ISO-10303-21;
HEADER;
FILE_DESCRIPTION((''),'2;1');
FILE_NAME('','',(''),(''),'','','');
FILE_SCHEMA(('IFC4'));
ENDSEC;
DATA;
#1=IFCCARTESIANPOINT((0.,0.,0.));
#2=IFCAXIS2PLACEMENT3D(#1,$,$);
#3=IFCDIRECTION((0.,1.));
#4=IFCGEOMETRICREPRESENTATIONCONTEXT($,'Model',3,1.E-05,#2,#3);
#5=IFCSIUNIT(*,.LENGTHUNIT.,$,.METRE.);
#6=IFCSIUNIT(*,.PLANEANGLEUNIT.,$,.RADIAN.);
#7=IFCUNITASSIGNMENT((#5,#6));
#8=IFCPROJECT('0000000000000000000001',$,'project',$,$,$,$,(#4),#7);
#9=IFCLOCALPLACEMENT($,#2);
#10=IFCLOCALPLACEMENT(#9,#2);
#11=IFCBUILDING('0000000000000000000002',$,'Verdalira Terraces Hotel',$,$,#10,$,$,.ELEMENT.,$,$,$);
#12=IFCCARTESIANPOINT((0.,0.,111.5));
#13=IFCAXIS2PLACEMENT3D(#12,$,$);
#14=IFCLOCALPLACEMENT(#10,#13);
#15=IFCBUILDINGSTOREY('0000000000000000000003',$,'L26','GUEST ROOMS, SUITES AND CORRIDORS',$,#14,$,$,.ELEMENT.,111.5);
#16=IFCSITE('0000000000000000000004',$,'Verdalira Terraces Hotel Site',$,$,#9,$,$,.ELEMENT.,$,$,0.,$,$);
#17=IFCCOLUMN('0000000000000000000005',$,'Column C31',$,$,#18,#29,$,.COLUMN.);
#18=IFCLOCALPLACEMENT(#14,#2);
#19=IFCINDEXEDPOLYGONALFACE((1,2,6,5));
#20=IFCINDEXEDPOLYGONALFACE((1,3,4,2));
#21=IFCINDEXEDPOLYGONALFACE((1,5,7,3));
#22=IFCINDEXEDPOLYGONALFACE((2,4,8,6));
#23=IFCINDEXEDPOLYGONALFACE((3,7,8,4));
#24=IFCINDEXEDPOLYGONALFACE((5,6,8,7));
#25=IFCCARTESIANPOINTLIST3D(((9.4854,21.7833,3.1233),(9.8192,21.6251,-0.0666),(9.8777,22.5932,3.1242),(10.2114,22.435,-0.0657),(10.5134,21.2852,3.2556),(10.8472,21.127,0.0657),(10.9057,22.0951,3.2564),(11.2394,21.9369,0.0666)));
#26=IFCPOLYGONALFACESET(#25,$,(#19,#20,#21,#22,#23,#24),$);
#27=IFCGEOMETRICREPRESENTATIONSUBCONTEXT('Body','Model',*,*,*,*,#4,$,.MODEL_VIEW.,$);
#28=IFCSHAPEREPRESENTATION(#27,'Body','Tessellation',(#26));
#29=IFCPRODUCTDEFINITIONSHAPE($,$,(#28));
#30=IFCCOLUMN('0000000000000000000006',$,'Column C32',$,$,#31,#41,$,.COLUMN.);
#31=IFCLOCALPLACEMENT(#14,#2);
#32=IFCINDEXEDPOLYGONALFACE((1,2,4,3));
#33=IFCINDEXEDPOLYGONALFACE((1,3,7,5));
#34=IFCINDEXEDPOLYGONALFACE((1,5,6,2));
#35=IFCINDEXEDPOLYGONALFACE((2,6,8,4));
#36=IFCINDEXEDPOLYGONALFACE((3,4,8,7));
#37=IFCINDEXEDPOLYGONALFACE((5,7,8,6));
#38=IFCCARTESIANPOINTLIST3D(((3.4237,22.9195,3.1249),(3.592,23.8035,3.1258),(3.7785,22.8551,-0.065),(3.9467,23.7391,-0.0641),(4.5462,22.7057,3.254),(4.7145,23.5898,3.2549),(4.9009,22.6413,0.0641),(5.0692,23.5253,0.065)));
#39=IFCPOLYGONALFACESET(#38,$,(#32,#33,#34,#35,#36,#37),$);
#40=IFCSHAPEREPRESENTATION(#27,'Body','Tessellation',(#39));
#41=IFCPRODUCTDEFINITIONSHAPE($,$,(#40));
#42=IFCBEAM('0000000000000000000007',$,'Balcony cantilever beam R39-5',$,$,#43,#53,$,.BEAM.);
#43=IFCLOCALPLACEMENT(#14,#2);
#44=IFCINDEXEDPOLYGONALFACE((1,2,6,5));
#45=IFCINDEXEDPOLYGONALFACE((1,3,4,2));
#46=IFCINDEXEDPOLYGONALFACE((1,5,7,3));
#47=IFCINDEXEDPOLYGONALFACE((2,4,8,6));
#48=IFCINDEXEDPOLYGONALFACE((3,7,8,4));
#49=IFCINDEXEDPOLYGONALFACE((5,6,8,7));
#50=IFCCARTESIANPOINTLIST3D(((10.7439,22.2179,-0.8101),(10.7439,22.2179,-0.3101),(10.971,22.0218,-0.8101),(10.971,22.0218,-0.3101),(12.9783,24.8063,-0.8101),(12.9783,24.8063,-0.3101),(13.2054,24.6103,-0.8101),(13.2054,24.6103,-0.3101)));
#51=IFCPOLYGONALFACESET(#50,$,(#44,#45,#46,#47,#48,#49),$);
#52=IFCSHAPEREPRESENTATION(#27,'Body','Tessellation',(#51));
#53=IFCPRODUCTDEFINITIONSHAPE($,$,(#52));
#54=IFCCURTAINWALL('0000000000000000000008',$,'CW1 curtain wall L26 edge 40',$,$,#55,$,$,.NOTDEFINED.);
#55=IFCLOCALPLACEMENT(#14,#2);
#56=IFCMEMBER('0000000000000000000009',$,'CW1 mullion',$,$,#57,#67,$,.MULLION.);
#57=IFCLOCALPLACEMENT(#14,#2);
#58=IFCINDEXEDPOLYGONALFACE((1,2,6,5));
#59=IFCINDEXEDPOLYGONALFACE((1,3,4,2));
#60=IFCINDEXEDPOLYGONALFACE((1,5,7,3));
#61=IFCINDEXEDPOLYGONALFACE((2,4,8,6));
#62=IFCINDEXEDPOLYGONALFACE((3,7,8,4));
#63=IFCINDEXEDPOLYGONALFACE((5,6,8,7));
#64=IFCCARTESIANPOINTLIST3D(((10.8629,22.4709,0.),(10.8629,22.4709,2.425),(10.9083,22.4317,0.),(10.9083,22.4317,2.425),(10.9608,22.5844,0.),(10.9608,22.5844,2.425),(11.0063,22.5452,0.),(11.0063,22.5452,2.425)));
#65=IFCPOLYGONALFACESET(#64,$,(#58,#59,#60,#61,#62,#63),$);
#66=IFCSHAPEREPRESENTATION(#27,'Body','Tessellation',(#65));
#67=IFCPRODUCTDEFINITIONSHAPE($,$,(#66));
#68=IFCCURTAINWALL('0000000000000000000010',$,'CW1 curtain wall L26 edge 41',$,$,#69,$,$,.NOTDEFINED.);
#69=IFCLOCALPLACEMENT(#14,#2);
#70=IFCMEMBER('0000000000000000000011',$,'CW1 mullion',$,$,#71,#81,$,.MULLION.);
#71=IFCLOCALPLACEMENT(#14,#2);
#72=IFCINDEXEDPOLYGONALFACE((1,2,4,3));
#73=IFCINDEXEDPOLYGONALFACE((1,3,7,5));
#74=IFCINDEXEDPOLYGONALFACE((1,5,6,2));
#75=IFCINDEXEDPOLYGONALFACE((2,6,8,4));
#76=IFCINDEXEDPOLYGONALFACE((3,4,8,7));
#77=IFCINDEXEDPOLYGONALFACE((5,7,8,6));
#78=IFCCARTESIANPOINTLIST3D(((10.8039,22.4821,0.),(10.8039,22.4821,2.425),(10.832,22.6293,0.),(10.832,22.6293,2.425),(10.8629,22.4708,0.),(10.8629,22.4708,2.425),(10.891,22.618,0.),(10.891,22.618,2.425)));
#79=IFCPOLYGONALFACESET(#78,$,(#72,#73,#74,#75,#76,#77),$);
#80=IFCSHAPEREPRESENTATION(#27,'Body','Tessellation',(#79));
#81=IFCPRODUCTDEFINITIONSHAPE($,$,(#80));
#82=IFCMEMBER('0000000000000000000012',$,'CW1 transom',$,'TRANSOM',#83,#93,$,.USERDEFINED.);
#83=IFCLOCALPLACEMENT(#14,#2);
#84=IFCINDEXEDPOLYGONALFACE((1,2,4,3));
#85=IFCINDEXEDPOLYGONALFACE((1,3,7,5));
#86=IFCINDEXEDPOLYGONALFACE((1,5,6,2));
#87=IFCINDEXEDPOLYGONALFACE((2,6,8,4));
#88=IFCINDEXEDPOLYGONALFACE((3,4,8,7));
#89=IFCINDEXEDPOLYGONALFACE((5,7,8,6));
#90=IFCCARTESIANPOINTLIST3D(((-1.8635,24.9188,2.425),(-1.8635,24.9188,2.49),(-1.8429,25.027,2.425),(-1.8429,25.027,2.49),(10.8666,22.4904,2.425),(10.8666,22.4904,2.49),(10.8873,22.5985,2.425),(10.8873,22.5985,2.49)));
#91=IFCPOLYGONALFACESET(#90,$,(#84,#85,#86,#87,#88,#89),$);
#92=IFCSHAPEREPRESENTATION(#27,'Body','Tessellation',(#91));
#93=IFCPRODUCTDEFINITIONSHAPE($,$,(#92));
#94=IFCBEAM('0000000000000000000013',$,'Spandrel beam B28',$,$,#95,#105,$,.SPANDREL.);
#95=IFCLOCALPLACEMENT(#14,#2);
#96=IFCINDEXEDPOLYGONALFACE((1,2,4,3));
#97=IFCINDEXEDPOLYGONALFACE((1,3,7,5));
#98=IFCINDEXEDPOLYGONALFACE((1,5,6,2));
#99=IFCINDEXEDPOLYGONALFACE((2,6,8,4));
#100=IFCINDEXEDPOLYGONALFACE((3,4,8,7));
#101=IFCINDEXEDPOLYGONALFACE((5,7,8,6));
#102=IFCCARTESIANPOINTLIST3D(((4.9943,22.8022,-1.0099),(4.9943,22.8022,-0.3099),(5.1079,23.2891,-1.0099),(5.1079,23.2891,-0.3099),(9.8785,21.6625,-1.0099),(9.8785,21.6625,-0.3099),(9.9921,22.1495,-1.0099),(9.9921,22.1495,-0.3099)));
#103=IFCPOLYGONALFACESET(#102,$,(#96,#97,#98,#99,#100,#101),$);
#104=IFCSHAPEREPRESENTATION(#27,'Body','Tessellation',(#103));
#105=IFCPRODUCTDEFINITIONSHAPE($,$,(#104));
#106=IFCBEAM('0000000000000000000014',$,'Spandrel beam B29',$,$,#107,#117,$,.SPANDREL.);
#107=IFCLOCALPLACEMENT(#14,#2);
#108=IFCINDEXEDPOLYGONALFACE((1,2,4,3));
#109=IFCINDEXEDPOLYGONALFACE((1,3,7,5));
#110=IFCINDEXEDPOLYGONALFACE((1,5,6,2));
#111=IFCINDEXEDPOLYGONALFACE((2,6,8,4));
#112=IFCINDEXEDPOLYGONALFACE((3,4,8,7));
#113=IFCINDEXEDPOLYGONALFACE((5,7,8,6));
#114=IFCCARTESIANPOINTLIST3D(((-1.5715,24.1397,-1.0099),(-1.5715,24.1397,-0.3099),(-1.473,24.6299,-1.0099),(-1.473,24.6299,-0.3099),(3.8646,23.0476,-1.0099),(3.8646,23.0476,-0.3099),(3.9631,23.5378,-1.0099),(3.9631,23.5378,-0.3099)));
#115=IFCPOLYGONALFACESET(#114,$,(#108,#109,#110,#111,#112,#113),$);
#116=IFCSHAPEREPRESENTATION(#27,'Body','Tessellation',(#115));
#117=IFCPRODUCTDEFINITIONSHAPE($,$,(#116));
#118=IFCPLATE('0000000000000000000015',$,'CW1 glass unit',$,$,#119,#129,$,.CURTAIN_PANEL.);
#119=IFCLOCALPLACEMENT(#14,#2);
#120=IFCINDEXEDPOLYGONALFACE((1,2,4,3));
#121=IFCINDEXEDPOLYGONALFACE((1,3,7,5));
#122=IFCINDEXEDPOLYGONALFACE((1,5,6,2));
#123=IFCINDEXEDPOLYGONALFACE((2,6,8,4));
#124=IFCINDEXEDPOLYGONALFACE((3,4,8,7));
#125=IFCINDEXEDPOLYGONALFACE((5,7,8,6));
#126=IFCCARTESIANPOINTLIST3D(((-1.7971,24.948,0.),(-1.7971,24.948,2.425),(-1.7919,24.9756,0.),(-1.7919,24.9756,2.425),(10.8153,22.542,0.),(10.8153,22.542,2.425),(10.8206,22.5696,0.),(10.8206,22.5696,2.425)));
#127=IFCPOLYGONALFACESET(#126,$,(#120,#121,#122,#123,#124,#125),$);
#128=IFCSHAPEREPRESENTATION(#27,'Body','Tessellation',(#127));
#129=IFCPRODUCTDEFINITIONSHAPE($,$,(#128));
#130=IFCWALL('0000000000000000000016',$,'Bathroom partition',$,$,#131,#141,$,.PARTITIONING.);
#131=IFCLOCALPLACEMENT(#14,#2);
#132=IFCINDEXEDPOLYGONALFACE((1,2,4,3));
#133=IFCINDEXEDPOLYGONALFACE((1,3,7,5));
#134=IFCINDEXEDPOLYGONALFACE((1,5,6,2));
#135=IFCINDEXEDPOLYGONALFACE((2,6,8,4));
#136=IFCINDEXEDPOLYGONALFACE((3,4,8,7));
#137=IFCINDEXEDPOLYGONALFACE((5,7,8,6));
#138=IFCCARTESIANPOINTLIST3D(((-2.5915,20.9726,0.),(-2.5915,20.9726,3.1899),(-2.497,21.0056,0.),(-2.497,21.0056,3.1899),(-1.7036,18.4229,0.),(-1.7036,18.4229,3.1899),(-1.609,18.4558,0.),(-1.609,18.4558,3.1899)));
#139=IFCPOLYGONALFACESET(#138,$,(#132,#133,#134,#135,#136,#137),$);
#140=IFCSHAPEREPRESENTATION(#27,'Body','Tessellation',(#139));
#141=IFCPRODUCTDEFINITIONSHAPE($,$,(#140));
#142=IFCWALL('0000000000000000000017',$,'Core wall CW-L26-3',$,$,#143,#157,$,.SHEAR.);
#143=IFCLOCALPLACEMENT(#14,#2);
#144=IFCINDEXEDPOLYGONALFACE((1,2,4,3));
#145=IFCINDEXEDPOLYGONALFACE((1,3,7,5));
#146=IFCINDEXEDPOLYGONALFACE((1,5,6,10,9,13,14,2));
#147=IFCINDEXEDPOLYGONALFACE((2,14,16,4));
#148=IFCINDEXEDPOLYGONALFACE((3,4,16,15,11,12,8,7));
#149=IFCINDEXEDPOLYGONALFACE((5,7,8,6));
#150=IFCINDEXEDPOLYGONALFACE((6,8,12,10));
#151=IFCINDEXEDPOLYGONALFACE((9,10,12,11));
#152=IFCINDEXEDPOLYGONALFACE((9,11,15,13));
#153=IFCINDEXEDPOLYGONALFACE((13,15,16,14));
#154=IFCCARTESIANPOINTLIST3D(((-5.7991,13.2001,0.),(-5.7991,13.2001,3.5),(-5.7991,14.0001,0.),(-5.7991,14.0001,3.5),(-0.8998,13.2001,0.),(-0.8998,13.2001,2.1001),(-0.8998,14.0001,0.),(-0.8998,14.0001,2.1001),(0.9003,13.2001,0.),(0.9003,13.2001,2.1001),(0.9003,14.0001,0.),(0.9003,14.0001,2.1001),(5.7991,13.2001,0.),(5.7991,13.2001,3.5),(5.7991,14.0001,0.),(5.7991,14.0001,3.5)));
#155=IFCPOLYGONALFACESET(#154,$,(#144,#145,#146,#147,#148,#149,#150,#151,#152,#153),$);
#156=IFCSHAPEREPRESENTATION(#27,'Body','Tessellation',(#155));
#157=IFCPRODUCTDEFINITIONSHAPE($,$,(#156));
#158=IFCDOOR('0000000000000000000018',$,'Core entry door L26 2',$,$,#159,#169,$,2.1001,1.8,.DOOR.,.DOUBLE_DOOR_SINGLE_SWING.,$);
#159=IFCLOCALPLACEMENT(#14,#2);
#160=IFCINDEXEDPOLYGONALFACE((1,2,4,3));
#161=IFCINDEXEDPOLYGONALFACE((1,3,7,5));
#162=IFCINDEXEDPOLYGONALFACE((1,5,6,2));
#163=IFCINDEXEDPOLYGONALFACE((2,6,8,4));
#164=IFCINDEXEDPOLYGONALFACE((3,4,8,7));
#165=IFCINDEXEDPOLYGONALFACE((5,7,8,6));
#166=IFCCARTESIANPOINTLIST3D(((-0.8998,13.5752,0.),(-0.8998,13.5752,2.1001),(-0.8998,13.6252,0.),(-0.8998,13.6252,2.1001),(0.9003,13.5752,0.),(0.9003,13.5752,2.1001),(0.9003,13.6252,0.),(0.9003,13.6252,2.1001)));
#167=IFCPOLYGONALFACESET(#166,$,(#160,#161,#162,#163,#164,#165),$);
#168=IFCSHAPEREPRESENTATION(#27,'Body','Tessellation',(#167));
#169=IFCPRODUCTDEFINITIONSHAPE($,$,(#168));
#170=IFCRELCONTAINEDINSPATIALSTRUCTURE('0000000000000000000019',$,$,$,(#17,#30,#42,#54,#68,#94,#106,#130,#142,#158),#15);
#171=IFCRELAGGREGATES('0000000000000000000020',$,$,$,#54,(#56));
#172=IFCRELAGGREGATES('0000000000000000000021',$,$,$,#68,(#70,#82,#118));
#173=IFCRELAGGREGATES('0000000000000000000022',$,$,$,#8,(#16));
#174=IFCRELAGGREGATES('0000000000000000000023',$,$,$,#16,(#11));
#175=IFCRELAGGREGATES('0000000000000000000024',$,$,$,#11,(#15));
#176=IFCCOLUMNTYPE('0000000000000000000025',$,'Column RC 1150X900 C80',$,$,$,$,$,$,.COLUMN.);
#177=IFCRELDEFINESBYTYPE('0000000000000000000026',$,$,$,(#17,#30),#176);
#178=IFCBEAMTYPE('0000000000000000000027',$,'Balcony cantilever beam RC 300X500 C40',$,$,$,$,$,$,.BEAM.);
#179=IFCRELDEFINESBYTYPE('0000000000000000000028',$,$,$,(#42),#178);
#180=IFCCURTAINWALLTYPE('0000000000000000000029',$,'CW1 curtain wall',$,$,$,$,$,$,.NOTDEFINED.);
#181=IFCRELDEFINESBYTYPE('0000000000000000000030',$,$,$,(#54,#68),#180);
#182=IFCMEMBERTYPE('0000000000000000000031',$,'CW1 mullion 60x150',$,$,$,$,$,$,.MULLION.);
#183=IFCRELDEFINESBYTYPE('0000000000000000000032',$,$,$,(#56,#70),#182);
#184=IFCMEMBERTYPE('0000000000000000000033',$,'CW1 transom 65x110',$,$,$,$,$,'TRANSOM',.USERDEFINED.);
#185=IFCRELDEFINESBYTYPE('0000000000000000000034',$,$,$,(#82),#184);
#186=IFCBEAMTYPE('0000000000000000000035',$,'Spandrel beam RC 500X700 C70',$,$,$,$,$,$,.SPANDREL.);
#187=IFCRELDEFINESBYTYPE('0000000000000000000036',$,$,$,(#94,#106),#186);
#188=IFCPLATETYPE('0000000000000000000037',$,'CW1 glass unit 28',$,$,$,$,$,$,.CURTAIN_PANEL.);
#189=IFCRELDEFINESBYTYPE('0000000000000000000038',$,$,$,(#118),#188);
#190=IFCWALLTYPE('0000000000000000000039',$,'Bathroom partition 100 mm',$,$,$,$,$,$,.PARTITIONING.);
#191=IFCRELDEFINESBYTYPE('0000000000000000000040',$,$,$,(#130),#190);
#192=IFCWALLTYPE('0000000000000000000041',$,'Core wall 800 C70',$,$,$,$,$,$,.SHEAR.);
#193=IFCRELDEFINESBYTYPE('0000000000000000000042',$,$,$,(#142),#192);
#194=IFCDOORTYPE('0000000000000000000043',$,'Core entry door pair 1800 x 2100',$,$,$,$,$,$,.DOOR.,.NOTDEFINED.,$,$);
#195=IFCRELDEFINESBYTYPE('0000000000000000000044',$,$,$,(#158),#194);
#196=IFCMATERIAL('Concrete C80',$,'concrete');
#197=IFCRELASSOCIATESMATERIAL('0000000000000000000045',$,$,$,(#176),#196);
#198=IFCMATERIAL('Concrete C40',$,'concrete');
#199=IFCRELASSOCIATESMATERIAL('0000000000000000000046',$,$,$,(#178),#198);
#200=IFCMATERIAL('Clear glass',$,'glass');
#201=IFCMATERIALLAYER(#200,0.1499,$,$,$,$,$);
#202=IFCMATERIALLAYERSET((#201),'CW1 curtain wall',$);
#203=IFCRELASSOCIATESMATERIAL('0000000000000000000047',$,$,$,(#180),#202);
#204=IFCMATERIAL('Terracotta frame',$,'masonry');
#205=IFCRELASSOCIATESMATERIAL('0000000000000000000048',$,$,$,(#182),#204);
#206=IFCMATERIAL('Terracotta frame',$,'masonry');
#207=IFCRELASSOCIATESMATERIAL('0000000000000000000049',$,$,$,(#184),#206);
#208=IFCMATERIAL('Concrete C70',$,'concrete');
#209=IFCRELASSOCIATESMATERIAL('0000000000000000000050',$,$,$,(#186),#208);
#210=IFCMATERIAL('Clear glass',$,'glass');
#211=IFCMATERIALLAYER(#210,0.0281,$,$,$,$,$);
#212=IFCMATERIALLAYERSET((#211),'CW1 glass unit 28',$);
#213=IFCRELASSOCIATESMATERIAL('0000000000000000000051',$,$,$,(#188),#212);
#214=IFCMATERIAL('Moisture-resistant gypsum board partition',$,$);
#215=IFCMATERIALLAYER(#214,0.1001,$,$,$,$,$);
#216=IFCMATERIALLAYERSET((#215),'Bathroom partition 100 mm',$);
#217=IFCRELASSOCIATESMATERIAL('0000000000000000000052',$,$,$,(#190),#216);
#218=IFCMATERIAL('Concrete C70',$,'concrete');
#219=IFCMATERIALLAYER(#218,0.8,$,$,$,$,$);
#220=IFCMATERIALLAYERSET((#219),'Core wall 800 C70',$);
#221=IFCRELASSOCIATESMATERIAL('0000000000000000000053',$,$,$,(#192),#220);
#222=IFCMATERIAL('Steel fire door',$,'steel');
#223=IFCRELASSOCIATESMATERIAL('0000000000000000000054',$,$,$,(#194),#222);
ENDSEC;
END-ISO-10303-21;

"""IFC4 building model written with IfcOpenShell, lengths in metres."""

from ifc_helpers import new_model, si_unit, direction, frame, frame_2d, origin, origin_2d, place, context, subcontext, project, spatial, rectangle, extrude, material, layer, layer_set, material_profile, profile_set, type_object, element, fill, aggregate, save


model = new_model("IFC4")

# Units and contexts
model_context = context("Model", 3, precision=1e-05, world=origin(), true_north=direction((0.0, 1.0)))
body_context = subcontext(model_context, "Body", "Model", "MODEL_VIEW")
ifc_project = project(units=[si_unit("LENGTHUNIT", "METRE"), si_unit("PLANEANGLEUNIT", "RADIAN")], contexts=[model_context])

# Site, building, storey
site_placement = place(None, origin())
site = spatial("IfcSite", under=ifc_project, at=site_placement, Name="Verdalira Terraces Hotel Site", CompositionType="ELEMENT", RefElevation=0.0)
building_placement = place(site_placement, origin())
building = spatial("IfcBuilding", under=site, at=building_placement, Name="Verdalira Terraces Hotel", CompositionType="ELEMENT")
storey_placement = place(building_placement, frame((0.0, 0.0, 111.5)))
storey = spatial("IfcBuildingStorey", under=building, at=storey_placement, Name="L26", Description="GUEST ROOMS, SUITES AND CORRIDORS", CompositionType="ELEMENT", Elevation=111.5)

# Columns
ifc_material_1 = material(Name="Concrete C80", Category="concrete")
ifc_material_profile_1 = material_profile(ifc_material_1, rectangle(XDim=1.1499, YDim=0.8999, at=origin_2d()), Name="RC 1150X900")
ifc_profile_set_1 = profile_set([ifc_material_profile_1], Name="Concrete C80")
column_type = type_object("IfcColumnType", Name="Column RC 1150X900 C80", PredefinedType="COLUMN", material=ifc_profile_set_1)
column_1_placement = place(storey_placement, frame((10.5293, 21.781, 0.0), z_axis=(-0.103928, 0.049265, 0.993364), x_axis=(0.893976, -0.433105, 0.11501)))
element("IfcColumn", 1, at=column_1_placement, inside=storey, type_object=column_type, Name="Column C31", PredefinedType="COLUMN", context=body_context, shape_type="SweptSolid", body=[
    extrude(rectangle(XDim=1.1499, YDim=0.8999, at=origin_2d()), origin(), (0.0, 0.0, 1.0), 3.2112),
])
column_2_placement = place(storey_placement, frame((4.4238, 23.1902, 0.0), z_axis=(-0.110501, 0.020077, 0.993673), x_axis=(-0.976125, 0.185925, -0.112306)))
element("IfcColumn", 2, at=column_2_placement, inside=storey, type_object=column_type, Name="Column C32", PredefinedType="COLUMN", context=body_context, shape_type="SweptSolid", body=[
    extrude(rectangle(XDim=1.1499, YDim=0.8999, at=origin_2d()), origin(), (0.0, 0.0, 1.0), 3.2102),
])

# Beam
ifc_material_2 = material(Name="Concrete C40", Category="concrete")
ifc_material_profile_2 = material_profile(ifc_material_2, rectangle(XDim=0.3, YDim=0.5, at=origin_2d()), Name="RC 300X500")
ifc_profile_set_2 = profile_set([ifc_material_profile_2], Name="Concrete C40")
beam_type_1 = type_object("IfcBeamType", Name="Balcony cantilever beam RC 300X500 C40", PredefinedType="BEAM", material=ifc_profile_set_2)
beam_1_placement = place(storey_placement, frame((10.8574, 22.1199, -0.5601), z_axis=(0.653445, 0.756974, 0.0), x_axis=(-0.756974, 0.653445, 0.0)))
element("IfcBeam", 3, at=beam_1_placement, inside=storey, type_object=beam_type_1, Name="Balcony cantilever beam R39-5", PredefinedType="BEAM", context=body_context, shape_type="SweptSolid", body=[
    extrude(rectangle(XDim=0.3, YDim=0.5, at=origin_2d()), origin(), (0.0, 0.0, 1.0), 3.4194),
])

# Curtain wall, member
ifc_material_3 = material(Name="Clear glass", Category="glass")
ifc_layer_1 = layer(ifc_material_3, 0.1499)
ifc_layer_set_1 = layer_set([ifc_layer_1], Name="CW1 curtain wall")
curtain_wall_type = type_object("IfcCurtainWallType", Name="CW1 curtain wall", PredefinedType="NOTDEFINED", material=ifc_layer_set_1)
curtain_wall_1_placement = place(storey_placement, origin())
curtain_wall_1 = element("IfcCurtainWall", 4, at=curtain_wall_1_placement, inside=storey, type_object=curtain_wall_type, Name="CW1 curtain wall L26 edge 40", PredefinedType="NOTDEFINED")
ifc_material_4 = material(Name="Terracotta frame", Category="masonry")
ifc_material_profile_3 = material_profile(ifc_material_4, rectangle(XDim=0.0601, YDim=0.1499, at=origin_2d()), Name="MU 60x150")
ifc_profile_set_3 = profile_set([ifc_material_profile_3], Name="Terracotta frame")
member_type_1 = type_object("IfcMemberType", Name="CW1 mullion 60x150", PredefinedType="MULLION", material=ifc_profile_set_3)
member_1_placement = place(storey_placement, frame((10.9346, 22.5081, 0.0), z_axis=(0.0, 0.0, 1.0), x_axis=(-0.756995, 0.653421, 0.0)))
member_1 = element("IfcMember", 5, at=member_1_placement, type_object=member_type_1, Name="CW1 mullion", PredefinedType="MULLION", context=body_context, shape_type="SweptSolid", body=[
    extrude(rectangle(XDim=0.0601, YDim=0.1499, at=origin_2d()), origin(), (0.0, 0.0, 1.0), 2.425),
])
aggregate(curtain_wall_1, [member_1])

# Curtain wall, members
curtain_wall_2_placement = place(storey_placement, origin())
curtain_wall_2 = element("IfcCurtainWall", 6, at=curtain_wall_2_placement, inside=storey, type_object=curtain_wall_type, Name="CW1 curtain wall L26 edge 41", PredefinedType="NOTDEFINED")
member_2_placement = place(storey_placement, frame((10.8474, 22.55, 0.0), z_axis=(0.0, 0.0, 1.0), x_axis=(-0.982287, 0.187381, 0.0)))
member_2 = element("IfcMember", 7, at=member_2_placement, type_object=member_type_1, Name="CW1 mullion", PredefinedType="MULLION", context=body_context, shape_type="SweptSolid", body=[
    extrude(rectangle(XDim=0.0601, YDim=0.1499, at=origin_2d()), origin(), (0.0, 0.0, 1.0), 2.425),
])
ifc_material_5 = material(Name="Terracotta frame", Category="masonry")
ifc_material_profile_4 = material_profile(ifc_material_5, rectangle(XDim=0.1101, YDim=0.0649, at=origin_2d()), Name="TR 65x110")
ifc_profile_set_4 = profile_set([ifc_material_profile_4], Name="Terracotta frame")
member_type_2 = type_object("IfcMemberType", Name="CW1 transom 65x110", ElementType="TRANSOM", PredefinedType="USERDEFINED", material=ifc_profile_set_4)
member_3_placement = place(storey_placement, frame((10.877, 22.5444, 2.4575), z_axis=(-0.982287, 0.187385, 0.0), x_axis=(-0.187385, -0.982287, 0.0)))
member_3 = element("IfcMember", 8, at=member_3_placement, type_object=member_type_2, Name="CW1 transom", ObjectType="TRANSOM", PredefinedType="USERDEFINED", context=body_context, shape_type="SweptSolid", body=[
    extrude(rectangle(XDim=0.1101, YDim=0.0649, at=origin_2d()), origin(), (0.0, 0.0, 1.0), 12.9597),
])

# Beams
ifc_material_6 = material(Name="Concrete C70", Category="concrete")
ifc_material_profile_5 = material_profile(ifc_material_6, rectangle(XDim=0.5, YDim=0.7, at=origin_2d()), Name="RC 500X700")
ifc_profile_set_5 = profile_set([ifc_material_profile_5], Name="Concrete C70")
beam_type_2 = type_object("IfcBeamType", Name="Spandrel beam RC 500X700 C70", PredefinedType="SPANDREL", material=ifc_profile_set_5)
beam_2_placement = place(storey_placement, frame((9.9353, 21.906, -0.6599), z_axis=(-0.973842, 0.227227, 0.0), x_axis=(-0.227227, -0.973842, 0.0)))
element("IfcBeam", 9, at=beam_2_placement, inside=storey, type_object=beam_type_2, Name="Spandrel beam B28", PredefinedType="SPANDREL", context=body_context, shape_type="SweptSolid", body=[
    extrude(rectangle(XDim=0.5, YDim=0.7, at=origin_2d()), origin(), (0.0, 0.0, 1.0), 5.0154),
])
beam_3_placement = place(storey_placement, frame((3.9138, 23.2927, -0.6599), z_axis=(-0.980413, 0.196954, 0.0), x_axis=(-0.196954, -0.980413, 0.0)))
element("IfcBeam", 10, at=beam_3_placement, inside=storey, type_object=beam_type_2, Name="Spandrel beam B29", PredefinedType="SPANDREL", context=body_context, shape_type="SweptSolid", body=[
    extrude(rectangle(XDim=0.5, YDim=0.7, at=origin_2d()), origin(), (0.0, 0.0, 1.0), 5.5447),
])

# Plate
ifc_material_7 = material(Name="Clear glass", Category="glass")
ifc_layer_2 = layer(ifc_material_7, 0.0281)
ifc_layer_set_2 = layer_set([ifc_layer_2], Name="CW1 glass unit 28")
plate_type = type_object("IfcPlateType", Name="CW1 glass unit 28", PredefinedType="CURTAIN_PANEL", material=ifc_layer_set_2)
plate_placement = place(storey_placement, frame((4.5117, 23.7588, 0.0), z_axis=(0.0, 0.0, 1.0), x_axis=(-0.982287, 0.187381, 0.0)))
plate = element("IfcPlate", 11, at=plate_placement, type_object=plate_type, Name="CW1 glass unit", PredefinedType="CURTAIN_PANEL", context=body_context, shape_type="SweptSolid", body=[
    extrude(rectangle(XDim=12.8398, YDim=0.0281, at=origin_2d()), origin(), (0.0, 0.0, 1.0), 2.425),
])
aggregate(curtain_wall_2, [member_2, member_3, plate])

# Wall
ifc_material_8 = material(Name="Moisture-resistant gypsum board partition")
ifc_layer_3 = layer(ifc_material_8, 0.1001)
ifc_layer_set_3 = layer_set([ifc_layer_3], Name="Bathroom partition 100 mm")
wall_type_1 = type_object("IfcWallType", Name="Bathroom partition 100 mm", PredefinedType="PARTITIONING", material=ifc_layer_set_3)
wall_1_placement = place(storey_placement, frame((-1.6562, 18.4392, 0.0), z_axis=(0.0, 0.0, 1.0), x_axis=(-0.328868, 0.944376, 0.0)))
element("IfcWall", 12, at=wall_1_placement, inside=storey, type_object=wall_type_1, Name="Bathroom partition", PredefinedType="PARTITIONING", context=body_context, shape_type="SweptSolid", body=[
    extrude(rectangle(XDim=2.7, YDim=0.1001, at=frame_2d((1.3501, 0.0))), origin(), (0.0, 0.0, 1.0), 3.1899),
])

# Wall, opening, door
ifc_material_9 = material(Name="Concrete C70", Category="concrete")
ifc_layer_4 = layer(ifc_material_9, 0.8)
ifc_layer_set_4 = layer_set([ifc_layer_4], Name="Core wall 800 C70")
wall_type_2 = type_object("IfcWallType", Name="Core wall 800 C70", PredefinedType="SHEAR", material=ifc_layer_set_4)
wall_2_placement = place(storey_placement, frame((5.7991, 13.6001, 0.0), z_axis=(0.0, 0.0, 1.0), x_axis=(-1.0, 0.0, 0.0)))
wall_2 = element("IfcWall", 13, at=wall_2_placement, inside=storey, type_object=wall_type_2, Name="Core wall CW-L26-3", PredefinedType="SHEAR", context=body_context, shape_type="SweptSolid", body=[
    extrude(rectangle(XDim=11.5981, YDim=0.8, at=frame_2d((5.7991, 0.0))), origin(), (0.0, 0.0, 1.0), 3.5),
])
opening_1_placement = place(wall_2_placement, frame((4.8989, 0.0, 0.0)))
opening_1 = element("IfcOpeningElement", 14, at=opening_1_placement, cuts=wall_2, PredefinedType="OPENING", context=body_context, shape_type="SweptSolid", body=[
    extrude(rectangle(XDim=1.8, YDim=2.1001, at=frame_2d((0.8999, 1.05))), frame((0.0, 0.4099, 0.0), z_axis=(0.0, -1.0, 0.0), x_axis=(1.0, 0.0, 0.0)), (0.0, 0.0, 1.0), 0.8201),
])
ifc_material_10 = material(Name="Steel fire door", Category="steel")
door_type_1 = type_object("IfcDoorType", Name="Core entry door pair 1800 x 2100", OperationType="NOTDEFINED", PredefinedType="DOOR", material=ifc_material_10)
door_1_placement = place(opening_1_placement, origin())
door_1 = element("IfcDoor", 15, at=door_1_placement, inside=storey, type_object=door_type_1, Name="Core entry door L26 2", OperationType="DOUBLE_DOOR_SINGLE_SWING", OverallHeight=2.1001, OverallWidth=1.8, PredefinedType="DOOR", context=body_context, shape_type="SweptSolid", body=[
    extrude(rectangle(XDim=1.8, YDim=2.1001, at=frame_2d((0.8999, 1.05))), frame((0.0, 0.0249, 0.0), z_axis=(0.0, -1.0, 0.0), x_axis=(1.0, 0.0, 0.0)), (0.0, 0.0, 1.0), 0.05),
])
fill(opening_1, door_1)

save(model, "model.ifc")
